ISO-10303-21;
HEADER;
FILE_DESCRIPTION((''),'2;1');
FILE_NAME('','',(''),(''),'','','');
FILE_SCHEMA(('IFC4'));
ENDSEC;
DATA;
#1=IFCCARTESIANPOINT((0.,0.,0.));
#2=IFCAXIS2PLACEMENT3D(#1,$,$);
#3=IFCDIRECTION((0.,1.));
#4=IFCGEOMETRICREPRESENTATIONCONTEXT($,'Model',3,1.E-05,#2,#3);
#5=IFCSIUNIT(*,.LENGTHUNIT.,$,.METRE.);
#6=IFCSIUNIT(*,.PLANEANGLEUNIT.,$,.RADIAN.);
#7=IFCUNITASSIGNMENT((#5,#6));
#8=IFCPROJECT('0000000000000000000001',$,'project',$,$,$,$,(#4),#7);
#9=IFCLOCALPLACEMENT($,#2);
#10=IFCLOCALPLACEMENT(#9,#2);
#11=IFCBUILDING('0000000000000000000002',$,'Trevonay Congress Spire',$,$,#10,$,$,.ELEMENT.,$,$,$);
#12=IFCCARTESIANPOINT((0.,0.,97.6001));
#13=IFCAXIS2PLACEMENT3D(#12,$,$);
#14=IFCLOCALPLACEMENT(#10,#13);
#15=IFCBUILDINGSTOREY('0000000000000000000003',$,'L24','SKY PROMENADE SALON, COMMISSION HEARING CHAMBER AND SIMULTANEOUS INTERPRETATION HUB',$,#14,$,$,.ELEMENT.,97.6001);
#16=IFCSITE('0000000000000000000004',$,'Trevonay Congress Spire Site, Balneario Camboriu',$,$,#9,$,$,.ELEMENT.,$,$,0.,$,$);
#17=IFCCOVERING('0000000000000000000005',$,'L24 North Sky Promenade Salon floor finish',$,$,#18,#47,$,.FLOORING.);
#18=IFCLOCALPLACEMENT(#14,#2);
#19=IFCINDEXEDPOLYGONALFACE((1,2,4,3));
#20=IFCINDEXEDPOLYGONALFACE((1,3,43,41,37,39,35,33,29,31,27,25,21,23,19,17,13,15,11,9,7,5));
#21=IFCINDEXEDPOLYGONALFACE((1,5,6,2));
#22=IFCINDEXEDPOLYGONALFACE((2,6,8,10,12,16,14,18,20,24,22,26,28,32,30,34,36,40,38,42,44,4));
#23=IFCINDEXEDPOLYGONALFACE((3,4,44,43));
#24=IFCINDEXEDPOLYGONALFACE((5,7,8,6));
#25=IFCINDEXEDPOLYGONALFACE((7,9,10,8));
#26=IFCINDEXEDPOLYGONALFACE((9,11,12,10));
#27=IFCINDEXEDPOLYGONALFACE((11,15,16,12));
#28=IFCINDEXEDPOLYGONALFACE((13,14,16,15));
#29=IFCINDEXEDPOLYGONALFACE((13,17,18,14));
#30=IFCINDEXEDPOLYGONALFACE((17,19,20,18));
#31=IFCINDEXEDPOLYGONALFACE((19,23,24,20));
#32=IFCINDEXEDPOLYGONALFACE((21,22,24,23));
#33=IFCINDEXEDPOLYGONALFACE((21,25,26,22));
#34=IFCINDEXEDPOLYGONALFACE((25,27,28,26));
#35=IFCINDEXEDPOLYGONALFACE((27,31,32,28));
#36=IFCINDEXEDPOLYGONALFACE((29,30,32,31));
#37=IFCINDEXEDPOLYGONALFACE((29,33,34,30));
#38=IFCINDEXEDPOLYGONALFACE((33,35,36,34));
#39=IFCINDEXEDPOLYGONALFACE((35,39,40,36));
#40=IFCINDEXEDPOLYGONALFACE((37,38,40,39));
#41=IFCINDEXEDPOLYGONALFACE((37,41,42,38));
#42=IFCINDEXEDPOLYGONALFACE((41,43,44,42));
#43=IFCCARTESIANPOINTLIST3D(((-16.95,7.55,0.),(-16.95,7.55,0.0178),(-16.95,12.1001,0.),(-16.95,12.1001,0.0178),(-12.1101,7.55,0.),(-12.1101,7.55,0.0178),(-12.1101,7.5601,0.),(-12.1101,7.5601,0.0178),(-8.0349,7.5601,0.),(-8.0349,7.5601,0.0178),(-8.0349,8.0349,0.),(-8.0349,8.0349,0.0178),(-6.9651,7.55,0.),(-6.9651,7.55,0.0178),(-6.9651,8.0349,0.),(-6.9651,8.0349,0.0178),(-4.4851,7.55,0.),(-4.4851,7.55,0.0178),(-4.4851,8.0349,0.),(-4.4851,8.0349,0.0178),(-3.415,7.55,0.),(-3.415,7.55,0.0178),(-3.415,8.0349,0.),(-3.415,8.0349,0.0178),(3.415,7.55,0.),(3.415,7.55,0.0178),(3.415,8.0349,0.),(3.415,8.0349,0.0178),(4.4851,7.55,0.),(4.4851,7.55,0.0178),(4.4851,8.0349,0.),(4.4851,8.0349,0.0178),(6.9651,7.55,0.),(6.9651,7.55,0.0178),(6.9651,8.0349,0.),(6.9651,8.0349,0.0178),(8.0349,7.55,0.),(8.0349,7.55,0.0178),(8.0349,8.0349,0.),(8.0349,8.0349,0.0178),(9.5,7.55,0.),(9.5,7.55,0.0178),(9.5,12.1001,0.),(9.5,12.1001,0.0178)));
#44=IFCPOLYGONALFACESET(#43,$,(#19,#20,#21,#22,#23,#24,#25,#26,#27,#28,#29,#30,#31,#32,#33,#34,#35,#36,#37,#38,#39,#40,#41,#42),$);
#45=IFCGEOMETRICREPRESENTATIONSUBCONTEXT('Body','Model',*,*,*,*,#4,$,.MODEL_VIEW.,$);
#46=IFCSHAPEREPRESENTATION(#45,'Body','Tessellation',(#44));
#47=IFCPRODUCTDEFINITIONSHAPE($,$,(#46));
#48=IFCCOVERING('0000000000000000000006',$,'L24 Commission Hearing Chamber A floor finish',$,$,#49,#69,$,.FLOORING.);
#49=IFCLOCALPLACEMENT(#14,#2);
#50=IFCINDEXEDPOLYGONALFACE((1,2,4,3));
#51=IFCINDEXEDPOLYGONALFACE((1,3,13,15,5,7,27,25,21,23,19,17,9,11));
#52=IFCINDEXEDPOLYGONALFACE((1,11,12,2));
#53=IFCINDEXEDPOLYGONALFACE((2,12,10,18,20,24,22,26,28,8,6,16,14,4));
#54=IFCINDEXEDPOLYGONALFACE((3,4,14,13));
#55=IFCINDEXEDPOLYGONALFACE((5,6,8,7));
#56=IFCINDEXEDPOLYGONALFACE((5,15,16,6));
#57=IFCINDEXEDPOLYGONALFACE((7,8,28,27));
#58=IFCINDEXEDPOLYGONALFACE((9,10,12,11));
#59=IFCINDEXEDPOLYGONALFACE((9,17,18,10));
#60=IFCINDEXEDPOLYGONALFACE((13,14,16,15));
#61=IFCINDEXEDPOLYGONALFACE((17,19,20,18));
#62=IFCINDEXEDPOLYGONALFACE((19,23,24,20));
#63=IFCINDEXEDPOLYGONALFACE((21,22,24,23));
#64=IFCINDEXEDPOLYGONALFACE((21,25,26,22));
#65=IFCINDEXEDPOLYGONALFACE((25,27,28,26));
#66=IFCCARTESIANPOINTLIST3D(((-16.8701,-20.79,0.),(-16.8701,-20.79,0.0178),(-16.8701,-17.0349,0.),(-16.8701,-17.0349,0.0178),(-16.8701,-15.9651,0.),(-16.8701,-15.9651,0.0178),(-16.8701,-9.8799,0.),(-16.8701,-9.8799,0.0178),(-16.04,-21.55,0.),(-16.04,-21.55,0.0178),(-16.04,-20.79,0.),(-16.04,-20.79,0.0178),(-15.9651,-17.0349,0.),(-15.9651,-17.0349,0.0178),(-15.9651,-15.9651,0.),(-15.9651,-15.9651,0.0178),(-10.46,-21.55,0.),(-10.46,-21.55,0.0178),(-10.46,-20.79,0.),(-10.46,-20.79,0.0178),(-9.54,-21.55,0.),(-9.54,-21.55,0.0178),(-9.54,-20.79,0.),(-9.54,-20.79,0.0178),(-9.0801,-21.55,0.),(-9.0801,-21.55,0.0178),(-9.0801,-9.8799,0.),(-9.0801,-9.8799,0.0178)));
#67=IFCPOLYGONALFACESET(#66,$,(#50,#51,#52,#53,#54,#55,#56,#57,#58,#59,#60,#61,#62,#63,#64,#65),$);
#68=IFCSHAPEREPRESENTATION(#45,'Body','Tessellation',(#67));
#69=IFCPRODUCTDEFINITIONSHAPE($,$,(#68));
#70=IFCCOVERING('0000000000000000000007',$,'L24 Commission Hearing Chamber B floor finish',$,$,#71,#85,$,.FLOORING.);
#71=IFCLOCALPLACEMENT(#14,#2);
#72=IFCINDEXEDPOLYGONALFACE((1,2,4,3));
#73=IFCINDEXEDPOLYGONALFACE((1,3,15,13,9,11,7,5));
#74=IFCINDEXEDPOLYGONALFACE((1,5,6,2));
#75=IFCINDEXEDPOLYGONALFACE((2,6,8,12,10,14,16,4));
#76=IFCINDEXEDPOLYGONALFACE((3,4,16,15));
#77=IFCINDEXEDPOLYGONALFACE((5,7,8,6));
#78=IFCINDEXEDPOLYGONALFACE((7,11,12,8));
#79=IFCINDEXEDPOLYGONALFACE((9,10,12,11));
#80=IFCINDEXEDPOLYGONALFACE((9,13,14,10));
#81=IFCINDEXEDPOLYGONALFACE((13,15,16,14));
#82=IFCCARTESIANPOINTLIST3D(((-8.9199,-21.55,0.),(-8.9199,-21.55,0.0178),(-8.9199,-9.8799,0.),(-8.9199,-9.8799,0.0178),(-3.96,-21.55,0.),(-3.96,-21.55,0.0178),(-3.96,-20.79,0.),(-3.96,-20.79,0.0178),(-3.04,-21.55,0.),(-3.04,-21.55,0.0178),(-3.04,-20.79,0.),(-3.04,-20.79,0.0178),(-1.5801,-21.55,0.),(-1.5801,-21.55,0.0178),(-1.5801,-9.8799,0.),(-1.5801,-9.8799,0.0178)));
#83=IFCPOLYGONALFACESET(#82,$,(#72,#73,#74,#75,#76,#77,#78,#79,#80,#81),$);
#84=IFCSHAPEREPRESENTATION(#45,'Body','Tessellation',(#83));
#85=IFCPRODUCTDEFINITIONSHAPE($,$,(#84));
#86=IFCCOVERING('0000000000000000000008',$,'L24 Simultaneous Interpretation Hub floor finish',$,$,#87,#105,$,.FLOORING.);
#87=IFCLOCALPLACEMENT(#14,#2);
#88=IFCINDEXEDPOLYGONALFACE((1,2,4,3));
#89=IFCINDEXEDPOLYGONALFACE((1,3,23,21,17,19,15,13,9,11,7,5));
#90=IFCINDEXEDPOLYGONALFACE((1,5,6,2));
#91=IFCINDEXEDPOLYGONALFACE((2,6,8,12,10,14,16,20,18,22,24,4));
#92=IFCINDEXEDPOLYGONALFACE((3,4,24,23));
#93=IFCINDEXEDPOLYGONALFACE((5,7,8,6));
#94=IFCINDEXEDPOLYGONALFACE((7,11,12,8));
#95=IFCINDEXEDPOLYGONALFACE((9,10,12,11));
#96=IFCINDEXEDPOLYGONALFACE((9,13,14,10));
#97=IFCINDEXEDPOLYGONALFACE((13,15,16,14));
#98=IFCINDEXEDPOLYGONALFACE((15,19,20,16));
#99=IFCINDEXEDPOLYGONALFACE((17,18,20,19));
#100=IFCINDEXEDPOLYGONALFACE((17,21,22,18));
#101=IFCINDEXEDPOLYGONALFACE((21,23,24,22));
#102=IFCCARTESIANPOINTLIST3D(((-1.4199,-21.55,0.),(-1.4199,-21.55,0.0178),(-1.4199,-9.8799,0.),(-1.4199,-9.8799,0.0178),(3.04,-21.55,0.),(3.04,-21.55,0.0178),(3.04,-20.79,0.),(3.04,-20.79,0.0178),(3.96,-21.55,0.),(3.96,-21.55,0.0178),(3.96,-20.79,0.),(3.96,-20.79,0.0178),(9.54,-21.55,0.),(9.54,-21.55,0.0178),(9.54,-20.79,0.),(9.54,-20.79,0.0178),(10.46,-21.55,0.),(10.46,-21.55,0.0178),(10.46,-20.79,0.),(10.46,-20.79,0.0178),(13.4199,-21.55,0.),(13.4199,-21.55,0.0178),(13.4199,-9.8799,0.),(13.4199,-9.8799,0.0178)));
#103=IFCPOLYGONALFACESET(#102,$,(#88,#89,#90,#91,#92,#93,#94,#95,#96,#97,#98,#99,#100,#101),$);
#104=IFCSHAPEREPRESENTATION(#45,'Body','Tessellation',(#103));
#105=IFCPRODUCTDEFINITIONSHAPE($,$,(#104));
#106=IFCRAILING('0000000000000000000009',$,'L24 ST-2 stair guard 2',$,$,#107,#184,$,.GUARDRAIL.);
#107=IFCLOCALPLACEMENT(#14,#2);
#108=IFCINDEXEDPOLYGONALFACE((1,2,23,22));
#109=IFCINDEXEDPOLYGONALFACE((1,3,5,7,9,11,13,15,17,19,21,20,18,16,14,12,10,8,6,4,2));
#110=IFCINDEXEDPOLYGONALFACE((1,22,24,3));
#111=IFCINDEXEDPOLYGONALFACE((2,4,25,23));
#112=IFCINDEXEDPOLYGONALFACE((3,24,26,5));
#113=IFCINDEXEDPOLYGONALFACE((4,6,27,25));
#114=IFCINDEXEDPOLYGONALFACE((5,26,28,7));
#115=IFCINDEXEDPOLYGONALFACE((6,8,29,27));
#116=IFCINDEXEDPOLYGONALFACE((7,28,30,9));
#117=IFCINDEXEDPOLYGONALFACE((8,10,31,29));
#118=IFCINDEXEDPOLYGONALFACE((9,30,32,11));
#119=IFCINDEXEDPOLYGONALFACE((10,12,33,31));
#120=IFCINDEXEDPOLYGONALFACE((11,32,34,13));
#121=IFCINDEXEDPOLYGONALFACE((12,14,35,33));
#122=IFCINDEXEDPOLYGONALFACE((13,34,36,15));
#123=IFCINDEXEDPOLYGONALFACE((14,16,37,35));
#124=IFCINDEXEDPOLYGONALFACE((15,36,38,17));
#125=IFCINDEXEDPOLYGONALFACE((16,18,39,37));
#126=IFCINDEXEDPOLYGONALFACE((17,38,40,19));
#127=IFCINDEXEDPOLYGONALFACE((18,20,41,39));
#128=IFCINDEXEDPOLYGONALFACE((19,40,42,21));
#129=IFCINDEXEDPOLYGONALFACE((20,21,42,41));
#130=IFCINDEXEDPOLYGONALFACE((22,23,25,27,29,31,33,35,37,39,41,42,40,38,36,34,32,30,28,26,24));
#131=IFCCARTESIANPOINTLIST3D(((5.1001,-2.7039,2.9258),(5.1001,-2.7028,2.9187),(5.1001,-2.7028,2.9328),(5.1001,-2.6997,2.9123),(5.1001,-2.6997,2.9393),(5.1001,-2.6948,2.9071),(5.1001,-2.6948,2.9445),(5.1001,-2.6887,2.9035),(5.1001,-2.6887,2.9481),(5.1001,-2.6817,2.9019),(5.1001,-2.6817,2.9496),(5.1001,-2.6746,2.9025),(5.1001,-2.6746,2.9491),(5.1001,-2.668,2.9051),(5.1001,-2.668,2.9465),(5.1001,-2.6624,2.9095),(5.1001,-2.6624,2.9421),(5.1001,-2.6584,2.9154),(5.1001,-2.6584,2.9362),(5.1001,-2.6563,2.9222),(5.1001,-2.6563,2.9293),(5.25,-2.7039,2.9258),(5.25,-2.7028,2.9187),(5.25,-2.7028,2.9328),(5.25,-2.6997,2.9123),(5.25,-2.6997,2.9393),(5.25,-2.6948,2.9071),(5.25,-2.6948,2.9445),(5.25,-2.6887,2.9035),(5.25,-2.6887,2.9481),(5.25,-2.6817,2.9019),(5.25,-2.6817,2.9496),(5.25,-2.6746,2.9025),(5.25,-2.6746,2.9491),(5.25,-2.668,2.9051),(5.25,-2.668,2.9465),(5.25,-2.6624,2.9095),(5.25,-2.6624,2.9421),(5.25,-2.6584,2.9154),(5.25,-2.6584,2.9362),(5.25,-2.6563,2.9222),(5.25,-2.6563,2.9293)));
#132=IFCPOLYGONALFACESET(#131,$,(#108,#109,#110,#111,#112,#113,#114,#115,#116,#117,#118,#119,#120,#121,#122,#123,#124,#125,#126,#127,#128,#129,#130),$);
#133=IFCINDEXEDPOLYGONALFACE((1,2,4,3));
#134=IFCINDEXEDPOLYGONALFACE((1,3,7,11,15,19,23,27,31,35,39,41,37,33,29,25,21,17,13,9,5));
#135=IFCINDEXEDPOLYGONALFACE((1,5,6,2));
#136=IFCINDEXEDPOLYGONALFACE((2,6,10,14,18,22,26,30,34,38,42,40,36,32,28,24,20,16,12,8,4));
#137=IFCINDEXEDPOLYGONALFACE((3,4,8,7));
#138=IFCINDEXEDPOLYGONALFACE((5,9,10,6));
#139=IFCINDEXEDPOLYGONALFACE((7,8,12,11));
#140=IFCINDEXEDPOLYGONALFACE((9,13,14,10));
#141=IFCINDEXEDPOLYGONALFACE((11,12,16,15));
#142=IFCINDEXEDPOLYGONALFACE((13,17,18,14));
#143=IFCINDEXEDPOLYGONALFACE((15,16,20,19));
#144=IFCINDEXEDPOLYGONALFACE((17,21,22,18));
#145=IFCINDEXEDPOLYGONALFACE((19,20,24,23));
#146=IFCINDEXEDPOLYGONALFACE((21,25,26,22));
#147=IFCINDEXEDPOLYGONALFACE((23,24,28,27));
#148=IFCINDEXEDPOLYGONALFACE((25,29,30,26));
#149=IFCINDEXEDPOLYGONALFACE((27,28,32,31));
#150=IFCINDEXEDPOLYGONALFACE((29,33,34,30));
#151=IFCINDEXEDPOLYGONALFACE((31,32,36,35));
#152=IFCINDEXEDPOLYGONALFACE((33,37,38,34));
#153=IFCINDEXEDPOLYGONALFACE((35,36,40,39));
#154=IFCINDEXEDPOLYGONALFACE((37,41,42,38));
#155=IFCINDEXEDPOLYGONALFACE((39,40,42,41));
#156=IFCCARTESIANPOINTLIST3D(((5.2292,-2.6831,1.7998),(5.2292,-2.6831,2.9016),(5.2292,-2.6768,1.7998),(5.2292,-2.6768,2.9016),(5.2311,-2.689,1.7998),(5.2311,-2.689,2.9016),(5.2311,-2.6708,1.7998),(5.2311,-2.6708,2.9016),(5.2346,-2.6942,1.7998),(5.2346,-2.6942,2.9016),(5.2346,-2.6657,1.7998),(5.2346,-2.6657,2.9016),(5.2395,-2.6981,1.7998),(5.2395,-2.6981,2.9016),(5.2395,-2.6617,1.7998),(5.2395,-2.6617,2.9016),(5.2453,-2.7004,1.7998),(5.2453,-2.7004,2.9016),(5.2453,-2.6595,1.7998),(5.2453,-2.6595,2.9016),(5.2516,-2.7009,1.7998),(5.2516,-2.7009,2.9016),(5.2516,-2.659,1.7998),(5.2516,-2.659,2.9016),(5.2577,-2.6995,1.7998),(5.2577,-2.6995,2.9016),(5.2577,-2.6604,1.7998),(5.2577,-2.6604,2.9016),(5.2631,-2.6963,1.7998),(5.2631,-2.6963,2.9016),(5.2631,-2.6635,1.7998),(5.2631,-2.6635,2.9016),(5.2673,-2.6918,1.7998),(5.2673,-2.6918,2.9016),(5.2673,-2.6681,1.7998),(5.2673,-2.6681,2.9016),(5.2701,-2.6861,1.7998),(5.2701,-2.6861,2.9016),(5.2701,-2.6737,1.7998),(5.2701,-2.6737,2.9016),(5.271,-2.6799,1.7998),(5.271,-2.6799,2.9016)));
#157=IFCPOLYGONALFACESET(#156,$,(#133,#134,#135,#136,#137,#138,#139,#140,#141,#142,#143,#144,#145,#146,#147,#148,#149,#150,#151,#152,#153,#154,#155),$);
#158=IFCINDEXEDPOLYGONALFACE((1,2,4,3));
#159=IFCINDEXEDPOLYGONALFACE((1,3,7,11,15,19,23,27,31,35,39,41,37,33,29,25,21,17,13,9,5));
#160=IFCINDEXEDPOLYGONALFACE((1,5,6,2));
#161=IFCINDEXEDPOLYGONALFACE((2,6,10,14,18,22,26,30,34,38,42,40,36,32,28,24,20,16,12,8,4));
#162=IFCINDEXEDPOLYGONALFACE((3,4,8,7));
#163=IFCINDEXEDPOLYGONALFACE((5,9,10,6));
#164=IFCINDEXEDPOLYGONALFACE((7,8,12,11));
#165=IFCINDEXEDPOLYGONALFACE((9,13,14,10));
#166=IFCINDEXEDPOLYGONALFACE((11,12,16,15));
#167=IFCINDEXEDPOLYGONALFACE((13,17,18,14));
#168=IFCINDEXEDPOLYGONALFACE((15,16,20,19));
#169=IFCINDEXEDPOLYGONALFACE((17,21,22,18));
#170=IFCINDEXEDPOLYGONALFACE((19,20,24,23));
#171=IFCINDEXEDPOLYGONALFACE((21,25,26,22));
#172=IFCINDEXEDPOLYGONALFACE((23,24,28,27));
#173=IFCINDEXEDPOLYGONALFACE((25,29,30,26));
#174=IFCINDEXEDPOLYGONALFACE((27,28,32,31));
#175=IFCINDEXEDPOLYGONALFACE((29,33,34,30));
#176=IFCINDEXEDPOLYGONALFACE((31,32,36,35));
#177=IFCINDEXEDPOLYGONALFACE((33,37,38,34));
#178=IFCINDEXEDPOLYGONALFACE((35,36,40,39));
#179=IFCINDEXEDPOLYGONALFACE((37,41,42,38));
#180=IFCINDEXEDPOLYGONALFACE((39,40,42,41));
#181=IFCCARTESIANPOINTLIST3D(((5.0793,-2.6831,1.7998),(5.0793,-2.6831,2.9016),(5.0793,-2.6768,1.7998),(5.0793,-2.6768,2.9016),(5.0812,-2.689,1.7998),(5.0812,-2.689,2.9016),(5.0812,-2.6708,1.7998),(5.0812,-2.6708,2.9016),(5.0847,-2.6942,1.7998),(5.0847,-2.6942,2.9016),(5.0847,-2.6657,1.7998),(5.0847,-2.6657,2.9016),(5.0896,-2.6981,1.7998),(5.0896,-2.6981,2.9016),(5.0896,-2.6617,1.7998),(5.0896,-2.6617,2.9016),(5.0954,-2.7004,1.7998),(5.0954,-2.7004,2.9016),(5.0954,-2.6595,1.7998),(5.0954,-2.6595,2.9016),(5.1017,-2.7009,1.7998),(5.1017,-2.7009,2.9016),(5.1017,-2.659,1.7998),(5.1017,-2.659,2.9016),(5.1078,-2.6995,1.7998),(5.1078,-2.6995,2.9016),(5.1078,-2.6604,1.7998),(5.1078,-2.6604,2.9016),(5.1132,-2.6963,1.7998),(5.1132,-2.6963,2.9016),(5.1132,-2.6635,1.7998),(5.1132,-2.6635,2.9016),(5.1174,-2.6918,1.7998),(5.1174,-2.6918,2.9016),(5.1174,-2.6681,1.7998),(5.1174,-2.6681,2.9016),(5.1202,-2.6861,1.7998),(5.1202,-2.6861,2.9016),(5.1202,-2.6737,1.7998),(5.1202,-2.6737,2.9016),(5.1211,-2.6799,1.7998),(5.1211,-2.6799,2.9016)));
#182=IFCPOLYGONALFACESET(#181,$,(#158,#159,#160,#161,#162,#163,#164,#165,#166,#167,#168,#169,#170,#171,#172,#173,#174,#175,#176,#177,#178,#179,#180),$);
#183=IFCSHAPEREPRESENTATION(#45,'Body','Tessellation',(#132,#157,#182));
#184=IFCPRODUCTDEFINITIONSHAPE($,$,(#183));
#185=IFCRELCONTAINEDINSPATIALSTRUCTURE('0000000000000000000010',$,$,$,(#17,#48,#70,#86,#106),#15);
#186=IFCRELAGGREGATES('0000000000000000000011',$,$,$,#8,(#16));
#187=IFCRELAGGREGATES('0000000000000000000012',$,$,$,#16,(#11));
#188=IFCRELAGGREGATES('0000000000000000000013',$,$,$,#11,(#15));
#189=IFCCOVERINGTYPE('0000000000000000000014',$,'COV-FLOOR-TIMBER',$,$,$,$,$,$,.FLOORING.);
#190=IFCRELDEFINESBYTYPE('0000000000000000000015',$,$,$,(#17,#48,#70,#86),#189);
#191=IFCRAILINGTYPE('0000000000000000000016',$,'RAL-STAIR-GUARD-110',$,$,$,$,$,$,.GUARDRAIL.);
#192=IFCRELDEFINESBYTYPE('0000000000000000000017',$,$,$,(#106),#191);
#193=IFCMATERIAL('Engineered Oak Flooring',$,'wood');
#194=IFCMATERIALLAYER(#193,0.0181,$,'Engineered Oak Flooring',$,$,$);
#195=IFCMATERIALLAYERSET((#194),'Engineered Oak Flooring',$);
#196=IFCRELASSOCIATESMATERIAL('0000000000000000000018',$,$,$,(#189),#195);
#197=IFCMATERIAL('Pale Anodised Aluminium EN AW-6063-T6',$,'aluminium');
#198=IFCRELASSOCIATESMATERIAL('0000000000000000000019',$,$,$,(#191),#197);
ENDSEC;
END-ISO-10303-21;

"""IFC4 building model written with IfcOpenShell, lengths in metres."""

from ifc_helpers import new_model, si_unit, direction, frame, origin, origin_2d, place, context, subcontext, project, spatial, polyline, circle, outline, extrude, material, layer, layer_set, type_object, element, save


model = new_model("IFC4")

# Units and contexts
model_context = context("Model", 3, precision=1e-05, world=origin(), true_north=direction((0.0, 1.0)))
body_context = subcontext(model_context, "Body", "Model", "MODEL_VIEW")
ifc_project = project(units=[si_unit("LENGTHUNIT", "METRE"), si_unit("PLANEANGLEUNIT", "RADIAN")], contexts=[model_context])

# Site, building, storey
site_placement = place(None, origin())
site = spatial("IfcSite", under=ifc_project, at=site_placement, Name="Trevonay Congress Spire Site, Balneario Camboriu", CompositionType="ELEMENT", RefElevation=0.0)
building_placement = place(site_placement, origin())
building = spatial("IfcBuilding", under=site, at=building_placement, Name="Trevonay Congress Spire", CompositionType="ELEMENT")
storey_placement = place(building_placement, frame((0.0, 0.0, 97.6001)))
storey = spatial("IfcBuildingStorey", under=building, at=storey_placement, Name="L24", Description="SKY PROMENADE SALON, COMMISSION HEARING CHAMBER AND SIMULTANEOUS INTERPRETATION HUB", CompositionType="ELEMENT", Elevation=97.6001)

# Coverings
ifc_material_1 = material(Name="Engineered Oak Flooring", Category="wood")
ifc_layer_1 = layer(ifc_material_1, 0.0181, Name="Engineered Oak Flooring")
ifc_layer_set_1 = layer_set([ifc_layer_1], Name="Engineered Oak Flooring")
covering_type_1 = type_object("IfcCoveringType", Name="COV-FLOOR-TIMBER", PredefinedType="FLOORING", material=ifc_layer_set_1)
covering_1_placement = place(storey_placement, origin())
element("IfcCovering", 1, at=covering_1_placement, inside=storey, type_object=covering_type_1, Name="L24 North Sky Promenade Salon floor finish", PredefinedType="FLOORING", context=body_context, shape_type="SweptSolid", body=[
    extrude(outline(polyline([(-16.95, 12.1001), (9.5, 12.1001), (9.5, 7.55), (8.0349, 7.55), (8.0349, 8.0349), (6.9651, 8.0349), (6.9651, 7.55), (4.4851, 7.55), (4.4851, 8.0349), (3.415, 8.0349), (3.415, 7.55), (-3.415, 7.55), (-3.415, 8.0349), (-4.4851, 8.0349), (-4.4851, 7.55), (-6.9651, 7.55), (-6.9651, 8.0349), (-8.0349, 8.0349), (-8.0349, 7.5601), (-12.1101, 7.5601), (-12.1101, 7.55), (-16.95, 7.55), (-16.95, 12.1001)])), origin(), (0.0, 0.0, 1.0), 0.0178),
])
covering_2_placement = place(storey_placement, origin())
element("IfcCovering", 2, at=covering_2_placement, inside=storey, type_object=covering_type_1, Name="L24 Commission Hearing Chamber A floor finish", PredefinedType="FLOORING", context=body_context, shape_type="SweptSolid", body=[
    extrude(outline(polyline([(-16.04, -21.55), (-16.04, -20.79), (-16.8701, -20.79), (-16.8701, -17.0349), (-15.9651, -17.0349), (-15.9651, -15.9651), (-16.8701, -15.9651), (-16.8701, -9.8799), (-9.0801, -9.8799), (-9.0801, -21.55), (-9.54, -21.55), (-9.54, -20.79), (-10.46, -20.79), (-10.46, -21.55), (-16.04, -21.55)])), origin(), (0.0, 0.0, 1.0), 0.0178),
])
covering_3_placement = place(storey_placement, origin())
element("IfcCovering", 3, at=covering_3_placement, inside=storey, type_object=covering_type_1, Name="L24 Commission Hearing Chamber B floor finish", PredefinedType="FLOORING", context=body_context, shape_type="SweptSolid", body=[
    extrude(outline(polyline([(-8.9199, -21.55), (-8.9199, -9.8799), (-1.5801, -9.8799), (-1.5801, -21.55), (-3.04, -21.55), (-3.04, -20.79), (-3.96, -20.79), (-3.96, -21.55), (-8.9199, -21.55)])), origin(), (0.0, 0.0, 1.0), 0.0178),
])
covering_4_placement = place(storey_placement, origin())
element("IfcCovering", 4, at=covering_4_placement, inside=storey, type_object=covering_type_1, Name="L24 Simultaneous Interpretation Hub floor finish", PredefinedType="FLOORING", context=body_context, shape_type="SweptSolid", body=[
    extrude(outline(polyline([(-1.4199, -21.55), (-1.4199, -9.8799), (13.4199, -9.8799), (13.4199, -21.55), (10.46, -21.55), (10.46, -20.79), (9.54, -20.79), (9.54, -21.55), (3.96, -21.55), (3.96, -20.79), (3.04, -20.79), (3.04, -21.55), (-1.4199, -21.55)])), origin(), (0.0, 0.0, 1.0), 0.0178),
])

# Railing
ifc_material_2 = material(Name="Pale Anodised Aluminium EN AW-6063-T6", Category="aluminium")
railing_type_1 = type_object("IfcRailingType", Name="RAL-STAIR-GUARD-110", PredefinedType="GUARDRAIL", material=ifc_material_2)
railing_1_placement = place(storey_placement, frame((5.25, -2.6799, 1.7998)))
element("IfcRailing", 5, at=railing_1_placement, inside=storey, type_object=railing_type_1, Name="L24 ST-2 stair guard 2", PredefinedType="GUARDRAIL", context=body_context, shape_type="SweptSolid", body=[
    extrude(circle(Radius=0.0239, at=origin_2d()), frame((0.0, 0.0, 1.126), z_axis=(-1.0, 0.0, 0.0), x_axis=(0.0, -1.0, 0.0)), (0.0, 0.0, 1.0), 0.1499),
    extrude(circle(Radius=0.021, at=origin_2d()), origin(), (0.0, 0.0, 1.0), 1.1018),
    extrude(circle(Radius=0.021, at=origin_2d()), frame((-0.1499, 0.0, 0.0)), (0.0, 0.0, 1.0), 1.1018),
])

save(model, "model.ifc")
